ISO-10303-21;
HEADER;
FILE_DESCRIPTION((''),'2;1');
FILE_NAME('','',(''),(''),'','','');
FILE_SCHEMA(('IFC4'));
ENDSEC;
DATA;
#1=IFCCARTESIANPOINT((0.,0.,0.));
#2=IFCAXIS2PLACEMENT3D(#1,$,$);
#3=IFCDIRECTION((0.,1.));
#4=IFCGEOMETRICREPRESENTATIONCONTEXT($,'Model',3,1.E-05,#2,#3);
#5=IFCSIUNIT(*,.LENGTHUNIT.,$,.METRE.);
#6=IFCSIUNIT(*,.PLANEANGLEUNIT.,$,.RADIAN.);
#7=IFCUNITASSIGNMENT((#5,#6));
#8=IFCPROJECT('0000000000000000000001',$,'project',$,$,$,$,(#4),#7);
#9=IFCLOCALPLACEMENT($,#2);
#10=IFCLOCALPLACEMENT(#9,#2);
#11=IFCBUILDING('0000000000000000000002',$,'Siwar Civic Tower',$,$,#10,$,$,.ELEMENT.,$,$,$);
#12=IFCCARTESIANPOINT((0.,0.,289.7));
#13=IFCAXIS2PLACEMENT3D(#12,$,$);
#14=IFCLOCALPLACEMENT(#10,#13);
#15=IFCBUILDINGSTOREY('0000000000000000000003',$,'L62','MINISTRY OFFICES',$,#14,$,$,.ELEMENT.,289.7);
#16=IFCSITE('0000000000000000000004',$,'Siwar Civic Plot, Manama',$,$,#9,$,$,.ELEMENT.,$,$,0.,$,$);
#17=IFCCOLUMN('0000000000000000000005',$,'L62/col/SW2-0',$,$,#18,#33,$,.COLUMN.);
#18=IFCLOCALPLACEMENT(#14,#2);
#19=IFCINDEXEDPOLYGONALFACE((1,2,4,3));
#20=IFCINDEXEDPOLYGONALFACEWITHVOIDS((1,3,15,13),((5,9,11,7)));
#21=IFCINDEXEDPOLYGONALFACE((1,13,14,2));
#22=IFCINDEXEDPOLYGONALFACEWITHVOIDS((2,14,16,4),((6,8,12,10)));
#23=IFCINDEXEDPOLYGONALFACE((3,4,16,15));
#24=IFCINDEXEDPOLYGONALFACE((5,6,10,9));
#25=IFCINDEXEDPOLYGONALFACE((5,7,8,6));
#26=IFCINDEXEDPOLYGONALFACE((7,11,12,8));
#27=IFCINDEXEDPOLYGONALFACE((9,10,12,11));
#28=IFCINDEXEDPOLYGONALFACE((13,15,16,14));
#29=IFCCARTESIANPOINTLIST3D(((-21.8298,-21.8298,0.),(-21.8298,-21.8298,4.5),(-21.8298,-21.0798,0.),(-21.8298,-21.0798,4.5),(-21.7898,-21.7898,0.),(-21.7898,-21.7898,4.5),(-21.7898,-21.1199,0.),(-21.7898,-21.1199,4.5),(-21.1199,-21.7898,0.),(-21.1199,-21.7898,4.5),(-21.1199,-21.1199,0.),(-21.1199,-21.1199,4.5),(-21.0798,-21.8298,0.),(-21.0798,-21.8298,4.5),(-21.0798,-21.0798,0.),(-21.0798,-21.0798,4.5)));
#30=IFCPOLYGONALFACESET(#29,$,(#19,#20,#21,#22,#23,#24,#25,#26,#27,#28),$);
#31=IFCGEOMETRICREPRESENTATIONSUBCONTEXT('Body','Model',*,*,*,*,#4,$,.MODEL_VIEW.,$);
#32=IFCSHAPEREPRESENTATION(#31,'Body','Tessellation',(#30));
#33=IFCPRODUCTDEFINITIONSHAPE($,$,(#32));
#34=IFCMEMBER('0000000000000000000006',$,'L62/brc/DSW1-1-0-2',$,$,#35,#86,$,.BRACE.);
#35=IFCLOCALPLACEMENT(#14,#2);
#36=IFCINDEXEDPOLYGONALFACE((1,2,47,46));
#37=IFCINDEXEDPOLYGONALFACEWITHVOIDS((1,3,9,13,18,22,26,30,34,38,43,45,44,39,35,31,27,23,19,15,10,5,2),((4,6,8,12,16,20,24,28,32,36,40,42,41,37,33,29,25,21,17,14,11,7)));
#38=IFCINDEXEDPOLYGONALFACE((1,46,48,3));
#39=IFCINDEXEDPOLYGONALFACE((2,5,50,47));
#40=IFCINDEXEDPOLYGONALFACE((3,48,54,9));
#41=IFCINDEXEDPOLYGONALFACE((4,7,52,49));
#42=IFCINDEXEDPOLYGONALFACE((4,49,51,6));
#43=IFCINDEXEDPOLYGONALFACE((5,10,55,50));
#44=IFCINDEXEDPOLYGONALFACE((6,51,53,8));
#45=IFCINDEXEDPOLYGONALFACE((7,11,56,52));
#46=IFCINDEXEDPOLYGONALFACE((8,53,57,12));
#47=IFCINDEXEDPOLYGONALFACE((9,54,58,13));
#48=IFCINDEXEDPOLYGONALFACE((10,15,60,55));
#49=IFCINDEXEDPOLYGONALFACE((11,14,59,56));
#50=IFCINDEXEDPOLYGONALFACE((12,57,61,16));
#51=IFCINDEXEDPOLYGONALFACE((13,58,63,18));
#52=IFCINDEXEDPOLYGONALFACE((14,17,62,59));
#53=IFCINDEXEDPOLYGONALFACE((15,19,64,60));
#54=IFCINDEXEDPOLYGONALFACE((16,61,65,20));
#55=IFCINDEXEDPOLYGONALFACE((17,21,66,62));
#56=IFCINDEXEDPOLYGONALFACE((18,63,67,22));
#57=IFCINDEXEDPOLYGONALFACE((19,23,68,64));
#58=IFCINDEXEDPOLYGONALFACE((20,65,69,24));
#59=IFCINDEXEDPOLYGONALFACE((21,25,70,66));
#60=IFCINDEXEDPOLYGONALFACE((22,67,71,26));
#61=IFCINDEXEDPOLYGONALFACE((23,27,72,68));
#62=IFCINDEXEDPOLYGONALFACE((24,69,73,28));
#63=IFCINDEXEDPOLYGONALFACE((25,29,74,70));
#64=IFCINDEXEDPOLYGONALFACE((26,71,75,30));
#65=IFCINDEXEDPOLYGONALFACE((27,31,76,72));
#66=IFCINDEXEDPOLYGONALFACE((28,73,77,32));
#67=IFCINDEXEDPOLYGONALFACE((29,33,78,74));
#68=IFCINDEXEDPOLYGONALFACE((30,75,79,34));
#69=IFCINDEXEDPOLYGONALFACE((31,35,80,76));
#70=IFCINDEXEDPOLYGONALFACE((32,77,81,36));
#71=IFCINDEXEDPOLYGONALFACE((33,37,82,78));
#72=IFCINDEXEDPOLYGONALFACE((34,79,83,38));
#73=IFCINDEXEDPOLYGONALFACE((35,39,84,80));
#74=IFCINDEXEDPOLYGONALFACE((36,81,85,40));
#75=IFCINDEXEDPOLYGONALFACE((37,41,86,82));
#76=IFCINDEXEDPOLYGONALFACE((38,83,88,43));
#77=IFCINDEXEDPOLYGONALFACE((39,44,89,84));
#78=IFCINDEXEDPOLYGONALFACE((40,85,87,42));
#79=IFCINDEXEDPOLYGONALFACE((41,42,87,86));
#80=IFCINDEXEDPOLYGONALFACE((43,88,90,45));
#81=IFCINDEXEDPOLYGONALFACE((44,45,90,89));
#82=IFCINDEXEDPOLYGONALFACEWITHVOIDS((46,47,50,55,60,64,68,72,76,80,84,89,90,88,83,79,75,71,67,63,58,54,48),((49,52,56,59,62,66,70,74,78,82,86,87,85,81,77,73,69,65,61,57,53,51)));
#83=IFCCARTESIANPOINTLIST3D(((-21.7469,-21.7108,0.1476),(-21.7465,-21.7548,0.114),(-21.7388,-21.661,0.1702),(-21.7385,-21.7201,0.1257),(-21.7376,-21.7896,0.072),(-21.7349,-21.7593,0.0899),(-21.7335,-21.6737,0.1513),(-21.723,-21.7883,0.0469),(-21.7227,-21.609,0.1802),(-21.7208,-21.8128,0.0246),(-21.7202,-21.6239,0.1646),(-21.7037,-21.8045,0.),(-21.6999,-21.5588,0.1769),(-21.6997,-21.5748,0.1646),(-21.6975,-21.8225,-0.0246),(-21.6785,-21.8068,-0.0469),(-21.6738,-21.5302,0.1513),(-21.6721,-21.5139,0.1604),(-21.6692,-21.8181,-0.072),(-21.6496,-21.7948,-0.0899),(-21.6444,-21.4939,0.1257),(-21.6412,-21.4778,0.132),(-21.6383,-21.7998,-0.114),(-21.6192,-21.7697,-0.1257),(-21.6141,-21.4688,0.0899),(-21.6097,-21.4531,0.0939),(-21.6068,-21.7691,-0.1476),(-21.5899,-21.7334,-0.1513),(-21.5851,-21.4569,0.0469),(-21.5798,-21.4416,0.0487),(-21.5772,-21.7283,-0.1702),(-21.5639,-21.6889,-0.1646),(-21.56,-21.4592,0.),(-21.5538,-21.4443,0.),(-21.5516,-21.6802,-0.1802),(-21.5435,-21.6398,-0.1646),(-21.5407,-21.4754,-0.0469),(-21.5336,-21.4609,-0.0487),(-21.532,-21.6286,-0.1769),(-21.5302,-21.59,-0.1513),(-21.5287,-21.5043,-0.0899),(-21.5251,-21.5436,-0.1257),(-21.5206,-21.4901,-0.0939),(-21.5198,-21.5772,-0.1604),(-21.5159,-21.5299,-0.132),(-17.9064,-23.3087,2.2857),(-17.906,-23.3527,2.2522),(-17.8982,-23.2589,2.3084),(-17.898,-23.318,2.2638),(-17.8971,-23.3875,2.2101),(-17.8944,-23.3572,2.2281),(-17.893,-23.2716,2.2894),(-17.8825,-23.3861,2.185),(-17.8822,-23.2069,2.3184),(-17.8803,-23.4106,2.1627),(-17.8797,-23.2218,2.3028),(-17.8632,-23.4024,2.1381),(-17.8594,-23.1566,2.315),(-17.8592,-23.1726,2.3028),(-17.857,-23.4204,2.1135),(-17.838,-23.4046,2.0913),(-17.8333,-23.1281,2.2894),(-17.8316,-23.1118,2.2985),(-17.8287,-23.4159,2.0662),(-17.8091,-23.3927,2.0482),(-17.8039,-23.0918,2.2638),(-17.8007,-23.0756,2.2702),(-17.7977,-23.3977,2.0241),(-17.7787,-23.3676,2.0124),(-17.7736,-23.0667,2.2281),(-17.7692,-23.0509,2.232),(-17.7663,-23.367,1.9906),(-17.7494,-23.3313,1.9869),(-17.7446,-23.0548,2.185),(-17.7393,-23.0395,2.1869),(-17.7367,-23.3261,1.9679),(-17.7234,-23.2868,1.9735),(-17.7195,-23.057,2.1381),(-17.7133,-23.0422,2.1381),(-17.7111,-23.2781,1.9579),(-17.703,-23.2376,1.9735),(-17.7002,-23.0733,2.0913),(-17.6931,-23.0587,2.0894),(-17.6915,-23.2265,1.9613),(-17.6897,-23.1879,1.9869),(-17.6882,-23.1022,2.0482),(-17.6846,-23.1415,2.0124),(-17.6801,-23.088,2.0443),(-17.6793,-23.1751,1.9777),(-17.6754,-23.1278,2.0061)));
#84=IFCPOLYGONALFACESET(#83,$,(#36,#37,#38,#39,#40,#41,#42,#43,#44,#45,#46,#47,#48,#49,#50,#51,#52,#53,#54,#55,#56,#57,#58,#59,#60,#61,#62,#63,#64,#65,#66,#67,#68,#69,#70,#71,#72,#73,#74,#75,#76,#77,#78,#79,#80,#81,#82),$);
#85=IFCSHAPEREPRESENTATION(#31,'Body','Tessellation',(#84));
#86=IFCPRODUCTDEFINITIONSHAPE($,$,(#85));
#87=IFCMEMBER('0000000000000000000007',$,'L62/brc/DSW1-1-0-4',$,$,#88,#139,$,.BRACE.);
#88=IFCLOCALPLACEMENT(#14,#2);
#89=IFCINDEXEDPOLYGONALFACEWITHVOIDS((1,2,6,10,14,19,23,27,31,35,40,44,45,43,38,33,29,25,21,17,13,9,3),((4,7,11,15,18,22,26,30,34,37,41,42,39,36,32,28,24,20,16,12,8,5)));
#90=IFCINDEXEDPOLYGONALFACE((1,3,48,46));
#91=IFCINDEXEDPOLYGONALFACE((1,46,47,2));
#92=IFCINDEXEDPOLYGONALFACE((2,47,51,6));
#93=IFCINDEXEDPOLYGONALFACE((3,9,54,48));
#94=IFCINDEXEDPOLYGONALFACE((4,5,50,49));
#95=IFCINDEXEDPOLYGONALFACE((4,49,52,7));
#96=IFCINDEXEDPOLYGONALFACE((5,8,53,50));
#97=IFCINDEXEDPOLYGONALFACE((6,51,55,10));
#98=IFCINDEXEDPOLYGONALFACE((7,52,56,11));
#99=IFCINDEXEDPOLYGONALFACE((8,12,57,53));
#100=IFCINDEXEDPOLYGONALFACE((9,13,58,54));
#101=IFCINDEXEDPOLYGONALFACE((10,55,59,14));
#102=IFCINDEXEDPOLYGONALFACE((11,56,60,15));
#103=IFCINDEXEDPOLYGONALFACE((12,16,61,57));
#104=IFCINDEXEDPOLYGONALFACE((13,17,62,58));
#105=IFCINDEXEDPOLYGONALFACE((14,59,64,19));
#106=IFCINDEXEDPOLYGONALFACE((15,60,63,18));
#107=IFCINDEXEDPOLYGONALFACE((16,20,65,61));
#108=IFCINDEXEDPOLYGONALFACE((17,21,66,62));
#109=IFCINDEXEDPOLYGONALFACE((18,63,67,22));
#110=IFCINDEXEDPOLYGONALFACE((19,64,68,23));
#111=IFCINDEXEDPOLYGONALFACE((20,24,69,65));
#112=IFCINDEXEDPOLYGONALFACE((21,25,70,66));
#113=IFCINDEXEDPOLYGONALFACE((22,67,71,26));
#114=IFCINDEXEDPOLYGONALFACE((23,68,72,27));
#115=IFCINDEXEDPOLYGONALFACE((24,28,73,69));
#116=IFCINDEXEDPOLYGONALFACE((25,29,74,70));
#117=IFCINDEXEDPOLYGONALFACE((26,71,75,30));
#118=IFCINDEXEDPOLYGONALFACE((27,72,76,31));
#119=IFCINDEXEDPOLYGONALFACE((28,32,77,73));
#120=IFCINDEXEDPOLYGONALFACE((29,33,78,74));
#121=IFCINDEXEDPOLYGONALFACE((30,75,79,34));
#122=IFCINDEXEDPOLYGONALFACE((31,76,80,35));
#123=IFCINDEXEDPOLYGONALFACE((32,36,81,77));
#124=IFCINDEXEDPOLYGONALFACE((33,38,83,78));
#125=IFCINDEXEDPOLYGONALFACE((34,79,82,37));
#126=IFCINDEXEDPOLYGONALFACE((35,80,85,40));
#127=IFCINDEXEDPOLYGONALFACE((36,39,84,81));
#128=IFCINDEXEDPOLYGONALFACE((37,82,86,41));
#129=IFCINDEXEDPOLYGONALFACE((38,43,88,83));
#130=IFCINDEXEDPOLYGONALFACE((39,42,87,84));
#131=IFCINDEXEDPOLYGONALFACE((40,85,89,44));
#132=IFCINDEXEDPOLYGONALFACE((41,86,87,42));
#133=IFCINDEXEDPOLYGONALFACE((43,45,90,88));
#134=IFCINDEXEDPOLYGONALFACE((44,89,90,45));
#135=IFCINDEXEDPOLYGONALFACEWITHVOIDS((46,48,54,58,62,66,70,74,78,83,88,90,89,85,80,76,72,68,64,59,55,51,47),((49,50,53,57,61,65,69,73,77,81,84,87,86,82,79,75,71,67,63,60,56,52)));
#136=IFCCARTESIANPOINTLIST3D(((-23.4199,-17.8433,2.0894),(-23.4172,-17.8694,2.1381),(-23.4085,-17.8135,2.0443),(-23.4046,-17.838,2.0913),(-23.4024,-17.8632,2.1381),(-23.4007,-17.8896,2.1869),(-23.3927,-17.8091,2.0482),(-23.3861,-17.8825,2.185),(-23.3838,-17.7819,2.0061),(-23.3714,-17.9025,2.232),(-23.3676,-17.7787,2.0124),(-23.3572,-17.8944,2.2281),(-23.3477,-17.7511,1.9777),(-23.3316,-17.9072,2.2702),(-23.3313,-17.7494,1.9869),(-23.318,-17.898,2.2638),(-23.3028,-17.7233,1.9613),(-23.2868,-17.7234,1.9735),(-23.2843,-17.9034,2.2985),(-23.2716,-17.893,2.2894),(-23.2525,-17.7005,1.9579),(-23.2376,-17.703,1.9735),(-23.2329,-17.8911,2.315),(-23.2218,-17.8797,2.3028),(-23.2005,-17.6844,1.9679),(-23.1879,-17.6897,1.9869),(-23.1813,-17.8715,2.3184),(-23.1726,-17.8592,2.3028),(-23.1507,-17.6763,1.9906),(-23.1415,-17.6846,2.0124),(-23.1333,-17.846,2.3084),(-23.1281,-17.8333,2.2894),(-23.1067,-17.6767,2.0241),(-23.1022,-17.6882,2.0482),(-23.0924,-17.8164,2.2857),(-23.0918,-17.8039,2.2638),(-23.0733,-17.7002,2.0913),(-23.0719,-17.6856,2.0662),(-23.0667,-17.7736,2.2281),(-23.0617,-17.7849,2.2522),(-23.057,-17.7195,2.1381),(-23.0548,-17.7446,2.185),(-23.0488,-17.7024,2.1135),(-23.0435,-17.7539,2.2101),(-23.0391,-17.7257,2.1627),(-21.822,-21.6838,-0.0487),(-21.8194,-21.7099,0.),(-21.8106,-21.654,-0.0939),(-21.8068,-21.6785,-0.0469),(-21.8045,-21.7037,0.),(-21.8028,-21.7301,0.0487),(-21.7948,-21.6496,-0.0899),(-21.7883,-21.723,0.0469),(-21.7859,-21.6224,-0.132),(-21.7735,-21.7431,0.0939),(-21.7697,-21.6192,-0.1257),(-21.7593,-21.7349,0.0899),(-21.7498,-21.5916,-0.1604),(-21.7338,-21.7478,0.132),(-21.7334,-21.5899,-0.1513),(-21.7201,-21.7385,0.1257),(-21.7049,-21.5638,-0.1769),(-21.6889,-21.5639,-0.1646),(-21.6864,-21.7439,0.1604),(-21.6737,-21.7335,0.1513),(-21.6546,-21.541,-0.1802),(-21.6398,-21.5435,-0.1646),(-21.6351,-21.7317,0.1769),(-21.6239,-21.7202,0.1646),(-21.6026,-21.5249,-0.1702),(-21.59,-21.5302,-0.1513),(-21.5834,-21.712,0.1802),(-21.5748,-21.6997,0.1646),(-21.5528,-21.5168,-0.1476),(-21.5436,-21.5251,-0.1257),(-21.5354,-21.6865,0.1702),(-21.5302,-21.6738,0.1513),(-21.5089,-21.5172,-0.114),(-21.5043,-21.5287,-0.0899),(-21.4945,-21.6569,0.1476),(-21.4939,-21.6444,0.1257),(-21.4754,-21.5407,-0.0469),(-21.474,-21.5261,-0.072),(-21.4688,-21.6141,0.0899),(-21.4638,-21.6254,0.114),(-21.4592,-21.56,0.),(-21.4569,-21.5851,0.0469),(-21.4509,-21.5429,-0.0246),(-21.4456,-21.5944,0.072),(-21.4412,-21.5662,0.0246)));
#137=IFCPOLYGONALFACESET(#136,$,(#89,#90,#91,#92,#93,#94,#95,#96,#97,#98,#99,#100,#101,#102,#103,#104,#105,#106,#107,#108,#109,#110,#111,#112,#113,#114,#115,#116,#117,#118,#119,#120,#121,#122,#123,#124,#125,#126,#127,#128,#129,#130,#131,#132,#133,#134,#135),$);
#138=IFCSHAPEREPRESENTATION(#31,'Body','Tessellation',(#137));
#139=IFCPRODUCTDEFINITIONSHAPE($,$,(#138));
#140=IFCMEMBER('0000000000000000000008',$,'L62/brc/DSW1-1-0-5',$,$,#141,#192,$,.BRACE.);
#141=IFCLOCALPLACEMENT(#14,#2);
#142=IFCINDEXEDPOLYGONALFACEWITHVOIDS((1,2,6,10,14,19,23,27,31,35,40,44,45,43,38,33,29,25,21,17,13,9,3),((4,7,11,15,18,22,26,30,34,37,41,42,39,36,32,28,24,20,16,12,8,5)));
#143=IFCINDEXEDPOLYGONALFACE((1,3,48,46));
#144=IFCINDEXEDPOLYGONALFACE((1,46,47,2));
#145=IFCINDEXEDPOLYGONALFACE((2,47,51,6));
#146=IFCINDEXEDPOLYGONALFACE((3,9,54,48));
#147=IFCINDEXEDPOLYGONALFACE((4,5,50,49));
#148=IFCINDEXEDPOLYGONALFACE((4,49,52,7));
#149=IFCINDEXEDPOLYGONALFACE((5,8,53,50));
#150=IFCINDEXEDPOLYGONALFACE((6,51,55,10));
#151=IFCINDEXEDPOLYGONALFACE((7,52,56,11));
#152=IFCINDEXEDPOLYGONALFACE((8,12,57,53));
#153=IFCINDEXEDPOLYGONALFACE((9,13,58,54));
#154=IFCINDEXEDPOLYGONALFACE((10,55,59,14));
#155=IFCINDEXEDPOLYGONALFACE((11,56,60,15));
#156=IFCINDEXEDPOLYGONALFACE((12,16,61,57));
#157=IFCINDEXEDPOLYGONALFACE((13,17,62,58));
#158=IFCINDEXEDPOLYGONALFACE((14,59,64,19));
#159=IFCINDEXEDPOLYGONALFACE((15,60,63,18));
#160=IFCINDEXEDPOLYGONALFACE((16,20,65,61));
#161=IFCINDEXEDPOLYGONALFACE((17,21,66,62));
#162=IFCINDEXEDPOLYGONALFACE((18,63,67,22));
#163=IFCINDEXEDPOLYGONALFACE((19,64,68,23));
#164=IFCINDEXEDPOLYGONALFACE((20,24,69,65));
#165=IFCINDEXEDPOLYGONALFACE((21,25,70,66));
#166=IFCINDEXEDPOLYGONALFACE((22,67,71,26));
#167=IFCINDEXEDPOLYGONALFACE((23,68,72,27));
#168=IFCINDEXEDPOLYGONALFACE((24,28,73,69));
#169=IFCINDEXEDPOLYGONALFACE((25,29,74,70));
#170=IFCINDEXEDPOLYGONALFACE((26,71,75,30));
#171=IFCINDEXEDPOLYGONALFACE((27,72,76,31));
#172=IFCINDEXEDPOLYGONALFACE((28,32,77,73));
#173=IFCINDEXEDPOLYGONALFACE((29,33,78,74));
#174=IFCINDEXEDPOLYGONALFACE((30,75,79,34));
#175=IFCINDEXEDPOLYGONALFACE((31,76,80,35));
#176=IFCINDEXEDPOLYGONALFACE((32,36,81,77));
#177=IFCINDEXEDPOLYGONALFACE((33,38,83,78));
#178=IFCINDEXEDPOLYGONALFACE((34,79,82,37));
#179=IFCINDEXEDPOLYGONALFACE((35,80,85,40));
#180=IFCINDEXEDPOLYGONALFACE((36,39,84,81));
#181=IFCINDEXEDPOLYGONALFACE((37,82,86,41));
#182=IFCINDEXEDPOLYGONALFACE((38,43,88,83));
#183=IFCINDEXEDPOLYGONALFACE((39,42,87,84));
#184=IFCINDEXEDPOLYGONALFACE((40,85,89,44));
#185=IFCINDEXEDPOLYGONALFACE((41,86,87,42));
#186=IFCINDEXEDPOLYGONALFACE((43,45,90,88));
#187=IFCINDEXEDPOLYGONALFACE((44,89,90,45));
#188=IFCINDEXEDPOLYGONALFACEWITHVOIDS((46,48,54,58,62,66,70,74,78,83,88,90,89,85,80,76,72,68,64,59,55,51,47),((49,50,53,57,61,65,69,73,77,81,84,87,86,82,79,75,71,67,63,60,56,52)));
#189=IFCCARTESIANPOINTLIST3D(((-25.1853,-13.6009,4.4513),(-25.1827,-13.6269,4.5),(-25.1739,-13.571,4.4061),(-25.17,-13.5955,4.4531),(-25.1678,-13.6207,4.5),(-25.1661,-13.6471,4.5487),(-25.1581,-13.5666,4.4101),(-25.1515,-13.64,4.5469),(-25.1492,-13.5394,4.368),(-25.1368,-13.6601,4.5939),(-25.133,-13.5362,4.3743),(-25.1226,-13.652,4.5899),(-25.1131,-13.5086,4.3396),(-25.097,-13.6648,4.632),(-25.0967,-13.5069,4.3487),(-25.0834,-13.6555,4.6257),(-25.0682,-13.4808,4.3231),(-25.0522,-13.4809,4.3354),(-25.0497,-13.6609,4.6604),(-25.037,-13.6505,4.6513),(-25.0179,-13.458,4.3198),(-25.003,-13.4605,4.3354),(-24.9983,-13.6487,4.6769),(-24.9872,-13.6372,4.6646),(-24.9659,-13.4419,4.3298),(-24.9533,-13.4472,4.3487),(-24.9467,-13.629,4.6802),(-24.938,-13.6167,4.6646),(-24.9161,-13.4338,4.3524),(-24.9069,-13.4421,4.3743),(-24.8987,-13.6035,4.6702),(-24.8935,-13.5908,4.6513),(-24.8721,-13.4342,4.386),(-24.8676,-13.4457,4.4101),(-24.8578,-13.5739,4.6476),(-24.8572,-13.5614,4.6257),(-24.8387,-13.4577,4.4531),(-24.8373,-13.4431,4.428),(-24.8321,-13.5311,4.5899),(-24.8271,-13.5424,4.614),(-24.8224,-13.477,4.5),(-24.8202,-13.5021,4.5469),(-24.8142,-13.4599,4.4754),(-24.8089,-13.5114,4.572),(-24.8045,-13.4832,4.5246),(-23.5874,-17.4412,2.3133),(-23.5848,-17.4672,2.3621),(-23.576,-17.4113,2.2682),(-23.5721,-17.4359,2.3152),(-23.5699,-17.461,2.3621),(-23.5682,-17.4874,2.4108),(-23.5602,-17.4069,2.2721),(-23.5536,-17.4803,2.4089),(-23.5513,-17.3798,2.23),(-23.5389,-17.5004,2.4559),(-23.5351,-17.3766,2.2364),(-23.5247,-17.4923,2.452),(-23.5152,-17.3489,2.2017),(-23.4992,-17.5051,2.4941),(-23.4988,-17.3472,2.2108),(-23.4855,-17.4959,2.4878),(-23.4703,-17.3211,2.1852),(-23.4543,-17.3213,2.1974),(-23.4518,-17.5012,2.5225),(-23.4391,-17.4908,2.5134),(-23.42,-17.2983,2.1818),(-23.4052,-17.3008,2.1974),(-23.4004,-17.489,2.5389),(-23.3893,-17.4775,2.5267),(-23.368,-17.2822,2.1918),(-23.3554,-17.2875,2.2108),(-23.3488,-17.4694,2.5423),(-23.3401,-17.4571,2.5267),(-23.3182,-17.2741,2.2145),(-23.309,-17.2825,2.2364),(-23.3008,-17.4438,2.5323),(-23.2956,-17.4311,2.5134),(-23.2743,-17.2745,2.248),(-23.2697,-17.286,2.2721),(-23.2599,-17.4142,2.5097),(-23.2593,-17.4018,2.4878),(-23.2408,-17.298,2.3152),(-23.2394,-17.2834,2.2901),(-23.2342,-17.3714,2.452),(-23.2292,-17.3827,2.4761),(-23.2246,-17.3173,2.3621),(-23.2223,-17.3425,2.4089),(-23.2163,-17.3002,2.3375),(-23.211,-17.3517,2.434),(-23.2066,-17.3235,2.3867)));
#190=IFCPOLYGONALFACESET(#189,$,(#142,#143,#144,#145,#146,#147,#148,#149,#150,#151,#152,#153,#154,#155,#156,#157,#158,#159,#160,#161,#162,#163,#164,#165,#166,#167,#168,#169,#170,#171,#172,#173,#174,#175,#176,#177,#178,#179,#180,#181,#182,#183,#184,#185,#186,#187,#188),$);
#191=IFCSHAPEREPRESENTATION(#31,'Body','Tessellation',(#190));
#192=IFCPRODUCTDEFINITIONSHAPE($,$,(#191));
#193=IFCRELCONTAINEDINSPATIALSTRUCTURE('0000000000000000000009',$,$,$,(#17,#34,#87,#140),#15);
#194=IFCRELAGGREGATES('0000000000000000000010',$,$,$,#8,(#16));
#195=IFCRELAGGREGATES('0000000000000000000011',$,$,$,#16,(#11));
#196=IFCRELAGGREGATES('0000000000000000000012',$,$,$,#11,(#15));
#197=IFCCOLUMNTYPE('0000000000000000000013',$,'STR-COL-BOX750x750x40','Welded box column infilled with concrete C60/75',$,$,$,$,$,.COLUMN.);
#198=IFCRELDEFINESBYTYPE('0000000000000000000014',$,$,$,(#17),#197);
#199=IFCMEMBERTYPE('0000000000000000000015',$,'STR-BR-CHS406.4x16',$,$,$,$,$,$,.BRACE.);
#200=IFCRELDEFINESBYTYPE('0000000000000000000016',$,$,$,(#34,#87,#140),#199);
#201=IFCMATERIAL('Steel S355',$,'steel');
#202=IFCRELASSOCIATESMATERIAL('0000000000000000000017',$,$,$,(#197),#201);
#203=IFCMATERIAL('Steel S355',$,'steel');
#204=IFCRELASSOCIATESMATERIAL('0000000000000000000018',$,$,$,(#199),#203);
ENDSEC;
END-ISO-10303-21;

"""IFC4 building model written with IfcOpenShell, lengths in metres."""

from ifc_helpers import new_model, si_unit, direction, frame, origin, origin_2d, place, context, subcontext, project, spatial, hollow_rectangle, hollow_circle, extrude, material, material_profile, profile_set, type_object, element, save


model = new_model("IFC4")

# Units and contexts
model_context = context("Model", 3, precision=1e-05, world=origin(), true_north=direction((0.0, 1.0)))
body_context = subcontext(model_context, "Body", "Model", "MODEL_VIEW")
ifc_project = project(units=[si_unit("LENGTHUNIT", "METRE"), si_unit("PLANEANGLEUNIT", "RADIAN")], contexts=[model_context])

# Site, building, storey
site_placement = place(None, origin())
site = spatial("IfcSite", under=ifc_project, at=site_placement, Name="Siwar Civic Plot, Manama", CompositionType="ELEMENT", RefElevation=0.0)
building_placement = place(site_placement, origin())
building = spatial("IfcBuilding", under=site, at=building_placement, Name="Siwar Civic Tower", CompositionType="ELEMENT")
storey_placement = place(building_placement, frame((0.0, 0.0, 289.7)))
storey = spatial("IfcBuildingStorey", under=building, at=storey_placement, Name="L62", Description="MINISTRY OFFICES", CompositionType="ELEMENT", Elevation=289.7)

# Column
ifc_material_1 = material(Name="Steel S355", Category="steel")
ifc_material_profile_1 = material_profile(ifc_material_1, hollow_rectangle(XDim=0.75, YDim=0.75, WallThickness=0.04, at=origin_2d()), Name="BOX750x750x40")
ifc_profile_set_1 = profile_set([ifc_material_profile_1], Name="Steel S355")
column_type = type_object("IfcColumnType", Name="STR-COL-BOX750x750x40", Description="Welded box column infilled with concrete C60/75", PredefinedType="COLUMN", material=ifc_profile_set_1)
column_placement = place(storey_placement, frame((-21.4548, -21.4548, 0.0), z_axis=(0.0, 0.0, 1.0), x_axis=(1.0, 0.0, 0.0)))
element("IfcColumn", 1, at=column_placement, inside=storey, type_object=column_type, Name="L62/col/SW2-0", PredefinedType="COLUMN", context=body_context, shape_type="SweptSolid", body=[
    extrude(hollow_rectangle(XDim=0.75, YDim=0.75, WallThickness=0.04, at=origin_2d()), origin(), (0.0, 0.0, 1.0), 4.5),
])

# Members
ifc_material_2 = material(Name="Steel S355", Category="steel")
ifc_material_profile_2 = material_profile(ifc_material_2, hollow_circle(Radius=0.2031, WallThickness=0.0161, at=origin_2d()), Name="CHS406.4x16")
ifc_profile_set_2 = profile_set([ifc_material_profile_2], Name="Steel S355")
member_type = type_object("IfcMemberType", Name="STR-BR-CHS406.4x16", PredefinedType="BRACE", material=ifc_profile_set_2)
for number, where, z_axis, x_axis, name in (
    (2, (-21.6318, -21.6318, 0.0), (0.821147, -0.341644, 0.457161), (0.384136, 0.923276, 0.0), "L62/brc/DSW1-1-0-2"),
    (3, (-21.6318, -21.6318, 0.0), (-0.341644, 0.821147, 0.457161), (-0.923276, -0.384136, 0.0), "L62/brc/DSW1-1-0-4"),
):
    element("IfcMember", number, at=place(storey_placement, frame(where, z_axis=z_axis, x_axis=x_axis)), inside=storey, type_object=member_type, Name=name, PredefinedType="BRACE", context=body_context, shape_type="SweptSolid", body=[
        extrude(hollow_circle(Radius=0.2031, WallThickness=0.0161, at=origin_2d()), origin(), (0.0, 0.0, 1.0), 4.677),
    ])
member_placement = place(storey_placement, frame((-23.3972, -17.3892, 2.3621), z_axis=(-0.341667, 0.82115, 0.45714), x_axis=(-0.923268, -0.384157, 0.0)))
element("IfcMember", 4, at=member_placement, inside=storey, type_object=member_type, Name="L62/brc/DSW1-1-0-5", PredefinedType="BRACE", context=body_context, shape_type="SweptSolid", body=[
    extrude(hollow_circle(Radius=0.2031, WallThickness=0.0161, at=origin_2d()), origin(), (0.0, 0.0, 1.0), 4.6768),
])

save(model, "model.ifc")
